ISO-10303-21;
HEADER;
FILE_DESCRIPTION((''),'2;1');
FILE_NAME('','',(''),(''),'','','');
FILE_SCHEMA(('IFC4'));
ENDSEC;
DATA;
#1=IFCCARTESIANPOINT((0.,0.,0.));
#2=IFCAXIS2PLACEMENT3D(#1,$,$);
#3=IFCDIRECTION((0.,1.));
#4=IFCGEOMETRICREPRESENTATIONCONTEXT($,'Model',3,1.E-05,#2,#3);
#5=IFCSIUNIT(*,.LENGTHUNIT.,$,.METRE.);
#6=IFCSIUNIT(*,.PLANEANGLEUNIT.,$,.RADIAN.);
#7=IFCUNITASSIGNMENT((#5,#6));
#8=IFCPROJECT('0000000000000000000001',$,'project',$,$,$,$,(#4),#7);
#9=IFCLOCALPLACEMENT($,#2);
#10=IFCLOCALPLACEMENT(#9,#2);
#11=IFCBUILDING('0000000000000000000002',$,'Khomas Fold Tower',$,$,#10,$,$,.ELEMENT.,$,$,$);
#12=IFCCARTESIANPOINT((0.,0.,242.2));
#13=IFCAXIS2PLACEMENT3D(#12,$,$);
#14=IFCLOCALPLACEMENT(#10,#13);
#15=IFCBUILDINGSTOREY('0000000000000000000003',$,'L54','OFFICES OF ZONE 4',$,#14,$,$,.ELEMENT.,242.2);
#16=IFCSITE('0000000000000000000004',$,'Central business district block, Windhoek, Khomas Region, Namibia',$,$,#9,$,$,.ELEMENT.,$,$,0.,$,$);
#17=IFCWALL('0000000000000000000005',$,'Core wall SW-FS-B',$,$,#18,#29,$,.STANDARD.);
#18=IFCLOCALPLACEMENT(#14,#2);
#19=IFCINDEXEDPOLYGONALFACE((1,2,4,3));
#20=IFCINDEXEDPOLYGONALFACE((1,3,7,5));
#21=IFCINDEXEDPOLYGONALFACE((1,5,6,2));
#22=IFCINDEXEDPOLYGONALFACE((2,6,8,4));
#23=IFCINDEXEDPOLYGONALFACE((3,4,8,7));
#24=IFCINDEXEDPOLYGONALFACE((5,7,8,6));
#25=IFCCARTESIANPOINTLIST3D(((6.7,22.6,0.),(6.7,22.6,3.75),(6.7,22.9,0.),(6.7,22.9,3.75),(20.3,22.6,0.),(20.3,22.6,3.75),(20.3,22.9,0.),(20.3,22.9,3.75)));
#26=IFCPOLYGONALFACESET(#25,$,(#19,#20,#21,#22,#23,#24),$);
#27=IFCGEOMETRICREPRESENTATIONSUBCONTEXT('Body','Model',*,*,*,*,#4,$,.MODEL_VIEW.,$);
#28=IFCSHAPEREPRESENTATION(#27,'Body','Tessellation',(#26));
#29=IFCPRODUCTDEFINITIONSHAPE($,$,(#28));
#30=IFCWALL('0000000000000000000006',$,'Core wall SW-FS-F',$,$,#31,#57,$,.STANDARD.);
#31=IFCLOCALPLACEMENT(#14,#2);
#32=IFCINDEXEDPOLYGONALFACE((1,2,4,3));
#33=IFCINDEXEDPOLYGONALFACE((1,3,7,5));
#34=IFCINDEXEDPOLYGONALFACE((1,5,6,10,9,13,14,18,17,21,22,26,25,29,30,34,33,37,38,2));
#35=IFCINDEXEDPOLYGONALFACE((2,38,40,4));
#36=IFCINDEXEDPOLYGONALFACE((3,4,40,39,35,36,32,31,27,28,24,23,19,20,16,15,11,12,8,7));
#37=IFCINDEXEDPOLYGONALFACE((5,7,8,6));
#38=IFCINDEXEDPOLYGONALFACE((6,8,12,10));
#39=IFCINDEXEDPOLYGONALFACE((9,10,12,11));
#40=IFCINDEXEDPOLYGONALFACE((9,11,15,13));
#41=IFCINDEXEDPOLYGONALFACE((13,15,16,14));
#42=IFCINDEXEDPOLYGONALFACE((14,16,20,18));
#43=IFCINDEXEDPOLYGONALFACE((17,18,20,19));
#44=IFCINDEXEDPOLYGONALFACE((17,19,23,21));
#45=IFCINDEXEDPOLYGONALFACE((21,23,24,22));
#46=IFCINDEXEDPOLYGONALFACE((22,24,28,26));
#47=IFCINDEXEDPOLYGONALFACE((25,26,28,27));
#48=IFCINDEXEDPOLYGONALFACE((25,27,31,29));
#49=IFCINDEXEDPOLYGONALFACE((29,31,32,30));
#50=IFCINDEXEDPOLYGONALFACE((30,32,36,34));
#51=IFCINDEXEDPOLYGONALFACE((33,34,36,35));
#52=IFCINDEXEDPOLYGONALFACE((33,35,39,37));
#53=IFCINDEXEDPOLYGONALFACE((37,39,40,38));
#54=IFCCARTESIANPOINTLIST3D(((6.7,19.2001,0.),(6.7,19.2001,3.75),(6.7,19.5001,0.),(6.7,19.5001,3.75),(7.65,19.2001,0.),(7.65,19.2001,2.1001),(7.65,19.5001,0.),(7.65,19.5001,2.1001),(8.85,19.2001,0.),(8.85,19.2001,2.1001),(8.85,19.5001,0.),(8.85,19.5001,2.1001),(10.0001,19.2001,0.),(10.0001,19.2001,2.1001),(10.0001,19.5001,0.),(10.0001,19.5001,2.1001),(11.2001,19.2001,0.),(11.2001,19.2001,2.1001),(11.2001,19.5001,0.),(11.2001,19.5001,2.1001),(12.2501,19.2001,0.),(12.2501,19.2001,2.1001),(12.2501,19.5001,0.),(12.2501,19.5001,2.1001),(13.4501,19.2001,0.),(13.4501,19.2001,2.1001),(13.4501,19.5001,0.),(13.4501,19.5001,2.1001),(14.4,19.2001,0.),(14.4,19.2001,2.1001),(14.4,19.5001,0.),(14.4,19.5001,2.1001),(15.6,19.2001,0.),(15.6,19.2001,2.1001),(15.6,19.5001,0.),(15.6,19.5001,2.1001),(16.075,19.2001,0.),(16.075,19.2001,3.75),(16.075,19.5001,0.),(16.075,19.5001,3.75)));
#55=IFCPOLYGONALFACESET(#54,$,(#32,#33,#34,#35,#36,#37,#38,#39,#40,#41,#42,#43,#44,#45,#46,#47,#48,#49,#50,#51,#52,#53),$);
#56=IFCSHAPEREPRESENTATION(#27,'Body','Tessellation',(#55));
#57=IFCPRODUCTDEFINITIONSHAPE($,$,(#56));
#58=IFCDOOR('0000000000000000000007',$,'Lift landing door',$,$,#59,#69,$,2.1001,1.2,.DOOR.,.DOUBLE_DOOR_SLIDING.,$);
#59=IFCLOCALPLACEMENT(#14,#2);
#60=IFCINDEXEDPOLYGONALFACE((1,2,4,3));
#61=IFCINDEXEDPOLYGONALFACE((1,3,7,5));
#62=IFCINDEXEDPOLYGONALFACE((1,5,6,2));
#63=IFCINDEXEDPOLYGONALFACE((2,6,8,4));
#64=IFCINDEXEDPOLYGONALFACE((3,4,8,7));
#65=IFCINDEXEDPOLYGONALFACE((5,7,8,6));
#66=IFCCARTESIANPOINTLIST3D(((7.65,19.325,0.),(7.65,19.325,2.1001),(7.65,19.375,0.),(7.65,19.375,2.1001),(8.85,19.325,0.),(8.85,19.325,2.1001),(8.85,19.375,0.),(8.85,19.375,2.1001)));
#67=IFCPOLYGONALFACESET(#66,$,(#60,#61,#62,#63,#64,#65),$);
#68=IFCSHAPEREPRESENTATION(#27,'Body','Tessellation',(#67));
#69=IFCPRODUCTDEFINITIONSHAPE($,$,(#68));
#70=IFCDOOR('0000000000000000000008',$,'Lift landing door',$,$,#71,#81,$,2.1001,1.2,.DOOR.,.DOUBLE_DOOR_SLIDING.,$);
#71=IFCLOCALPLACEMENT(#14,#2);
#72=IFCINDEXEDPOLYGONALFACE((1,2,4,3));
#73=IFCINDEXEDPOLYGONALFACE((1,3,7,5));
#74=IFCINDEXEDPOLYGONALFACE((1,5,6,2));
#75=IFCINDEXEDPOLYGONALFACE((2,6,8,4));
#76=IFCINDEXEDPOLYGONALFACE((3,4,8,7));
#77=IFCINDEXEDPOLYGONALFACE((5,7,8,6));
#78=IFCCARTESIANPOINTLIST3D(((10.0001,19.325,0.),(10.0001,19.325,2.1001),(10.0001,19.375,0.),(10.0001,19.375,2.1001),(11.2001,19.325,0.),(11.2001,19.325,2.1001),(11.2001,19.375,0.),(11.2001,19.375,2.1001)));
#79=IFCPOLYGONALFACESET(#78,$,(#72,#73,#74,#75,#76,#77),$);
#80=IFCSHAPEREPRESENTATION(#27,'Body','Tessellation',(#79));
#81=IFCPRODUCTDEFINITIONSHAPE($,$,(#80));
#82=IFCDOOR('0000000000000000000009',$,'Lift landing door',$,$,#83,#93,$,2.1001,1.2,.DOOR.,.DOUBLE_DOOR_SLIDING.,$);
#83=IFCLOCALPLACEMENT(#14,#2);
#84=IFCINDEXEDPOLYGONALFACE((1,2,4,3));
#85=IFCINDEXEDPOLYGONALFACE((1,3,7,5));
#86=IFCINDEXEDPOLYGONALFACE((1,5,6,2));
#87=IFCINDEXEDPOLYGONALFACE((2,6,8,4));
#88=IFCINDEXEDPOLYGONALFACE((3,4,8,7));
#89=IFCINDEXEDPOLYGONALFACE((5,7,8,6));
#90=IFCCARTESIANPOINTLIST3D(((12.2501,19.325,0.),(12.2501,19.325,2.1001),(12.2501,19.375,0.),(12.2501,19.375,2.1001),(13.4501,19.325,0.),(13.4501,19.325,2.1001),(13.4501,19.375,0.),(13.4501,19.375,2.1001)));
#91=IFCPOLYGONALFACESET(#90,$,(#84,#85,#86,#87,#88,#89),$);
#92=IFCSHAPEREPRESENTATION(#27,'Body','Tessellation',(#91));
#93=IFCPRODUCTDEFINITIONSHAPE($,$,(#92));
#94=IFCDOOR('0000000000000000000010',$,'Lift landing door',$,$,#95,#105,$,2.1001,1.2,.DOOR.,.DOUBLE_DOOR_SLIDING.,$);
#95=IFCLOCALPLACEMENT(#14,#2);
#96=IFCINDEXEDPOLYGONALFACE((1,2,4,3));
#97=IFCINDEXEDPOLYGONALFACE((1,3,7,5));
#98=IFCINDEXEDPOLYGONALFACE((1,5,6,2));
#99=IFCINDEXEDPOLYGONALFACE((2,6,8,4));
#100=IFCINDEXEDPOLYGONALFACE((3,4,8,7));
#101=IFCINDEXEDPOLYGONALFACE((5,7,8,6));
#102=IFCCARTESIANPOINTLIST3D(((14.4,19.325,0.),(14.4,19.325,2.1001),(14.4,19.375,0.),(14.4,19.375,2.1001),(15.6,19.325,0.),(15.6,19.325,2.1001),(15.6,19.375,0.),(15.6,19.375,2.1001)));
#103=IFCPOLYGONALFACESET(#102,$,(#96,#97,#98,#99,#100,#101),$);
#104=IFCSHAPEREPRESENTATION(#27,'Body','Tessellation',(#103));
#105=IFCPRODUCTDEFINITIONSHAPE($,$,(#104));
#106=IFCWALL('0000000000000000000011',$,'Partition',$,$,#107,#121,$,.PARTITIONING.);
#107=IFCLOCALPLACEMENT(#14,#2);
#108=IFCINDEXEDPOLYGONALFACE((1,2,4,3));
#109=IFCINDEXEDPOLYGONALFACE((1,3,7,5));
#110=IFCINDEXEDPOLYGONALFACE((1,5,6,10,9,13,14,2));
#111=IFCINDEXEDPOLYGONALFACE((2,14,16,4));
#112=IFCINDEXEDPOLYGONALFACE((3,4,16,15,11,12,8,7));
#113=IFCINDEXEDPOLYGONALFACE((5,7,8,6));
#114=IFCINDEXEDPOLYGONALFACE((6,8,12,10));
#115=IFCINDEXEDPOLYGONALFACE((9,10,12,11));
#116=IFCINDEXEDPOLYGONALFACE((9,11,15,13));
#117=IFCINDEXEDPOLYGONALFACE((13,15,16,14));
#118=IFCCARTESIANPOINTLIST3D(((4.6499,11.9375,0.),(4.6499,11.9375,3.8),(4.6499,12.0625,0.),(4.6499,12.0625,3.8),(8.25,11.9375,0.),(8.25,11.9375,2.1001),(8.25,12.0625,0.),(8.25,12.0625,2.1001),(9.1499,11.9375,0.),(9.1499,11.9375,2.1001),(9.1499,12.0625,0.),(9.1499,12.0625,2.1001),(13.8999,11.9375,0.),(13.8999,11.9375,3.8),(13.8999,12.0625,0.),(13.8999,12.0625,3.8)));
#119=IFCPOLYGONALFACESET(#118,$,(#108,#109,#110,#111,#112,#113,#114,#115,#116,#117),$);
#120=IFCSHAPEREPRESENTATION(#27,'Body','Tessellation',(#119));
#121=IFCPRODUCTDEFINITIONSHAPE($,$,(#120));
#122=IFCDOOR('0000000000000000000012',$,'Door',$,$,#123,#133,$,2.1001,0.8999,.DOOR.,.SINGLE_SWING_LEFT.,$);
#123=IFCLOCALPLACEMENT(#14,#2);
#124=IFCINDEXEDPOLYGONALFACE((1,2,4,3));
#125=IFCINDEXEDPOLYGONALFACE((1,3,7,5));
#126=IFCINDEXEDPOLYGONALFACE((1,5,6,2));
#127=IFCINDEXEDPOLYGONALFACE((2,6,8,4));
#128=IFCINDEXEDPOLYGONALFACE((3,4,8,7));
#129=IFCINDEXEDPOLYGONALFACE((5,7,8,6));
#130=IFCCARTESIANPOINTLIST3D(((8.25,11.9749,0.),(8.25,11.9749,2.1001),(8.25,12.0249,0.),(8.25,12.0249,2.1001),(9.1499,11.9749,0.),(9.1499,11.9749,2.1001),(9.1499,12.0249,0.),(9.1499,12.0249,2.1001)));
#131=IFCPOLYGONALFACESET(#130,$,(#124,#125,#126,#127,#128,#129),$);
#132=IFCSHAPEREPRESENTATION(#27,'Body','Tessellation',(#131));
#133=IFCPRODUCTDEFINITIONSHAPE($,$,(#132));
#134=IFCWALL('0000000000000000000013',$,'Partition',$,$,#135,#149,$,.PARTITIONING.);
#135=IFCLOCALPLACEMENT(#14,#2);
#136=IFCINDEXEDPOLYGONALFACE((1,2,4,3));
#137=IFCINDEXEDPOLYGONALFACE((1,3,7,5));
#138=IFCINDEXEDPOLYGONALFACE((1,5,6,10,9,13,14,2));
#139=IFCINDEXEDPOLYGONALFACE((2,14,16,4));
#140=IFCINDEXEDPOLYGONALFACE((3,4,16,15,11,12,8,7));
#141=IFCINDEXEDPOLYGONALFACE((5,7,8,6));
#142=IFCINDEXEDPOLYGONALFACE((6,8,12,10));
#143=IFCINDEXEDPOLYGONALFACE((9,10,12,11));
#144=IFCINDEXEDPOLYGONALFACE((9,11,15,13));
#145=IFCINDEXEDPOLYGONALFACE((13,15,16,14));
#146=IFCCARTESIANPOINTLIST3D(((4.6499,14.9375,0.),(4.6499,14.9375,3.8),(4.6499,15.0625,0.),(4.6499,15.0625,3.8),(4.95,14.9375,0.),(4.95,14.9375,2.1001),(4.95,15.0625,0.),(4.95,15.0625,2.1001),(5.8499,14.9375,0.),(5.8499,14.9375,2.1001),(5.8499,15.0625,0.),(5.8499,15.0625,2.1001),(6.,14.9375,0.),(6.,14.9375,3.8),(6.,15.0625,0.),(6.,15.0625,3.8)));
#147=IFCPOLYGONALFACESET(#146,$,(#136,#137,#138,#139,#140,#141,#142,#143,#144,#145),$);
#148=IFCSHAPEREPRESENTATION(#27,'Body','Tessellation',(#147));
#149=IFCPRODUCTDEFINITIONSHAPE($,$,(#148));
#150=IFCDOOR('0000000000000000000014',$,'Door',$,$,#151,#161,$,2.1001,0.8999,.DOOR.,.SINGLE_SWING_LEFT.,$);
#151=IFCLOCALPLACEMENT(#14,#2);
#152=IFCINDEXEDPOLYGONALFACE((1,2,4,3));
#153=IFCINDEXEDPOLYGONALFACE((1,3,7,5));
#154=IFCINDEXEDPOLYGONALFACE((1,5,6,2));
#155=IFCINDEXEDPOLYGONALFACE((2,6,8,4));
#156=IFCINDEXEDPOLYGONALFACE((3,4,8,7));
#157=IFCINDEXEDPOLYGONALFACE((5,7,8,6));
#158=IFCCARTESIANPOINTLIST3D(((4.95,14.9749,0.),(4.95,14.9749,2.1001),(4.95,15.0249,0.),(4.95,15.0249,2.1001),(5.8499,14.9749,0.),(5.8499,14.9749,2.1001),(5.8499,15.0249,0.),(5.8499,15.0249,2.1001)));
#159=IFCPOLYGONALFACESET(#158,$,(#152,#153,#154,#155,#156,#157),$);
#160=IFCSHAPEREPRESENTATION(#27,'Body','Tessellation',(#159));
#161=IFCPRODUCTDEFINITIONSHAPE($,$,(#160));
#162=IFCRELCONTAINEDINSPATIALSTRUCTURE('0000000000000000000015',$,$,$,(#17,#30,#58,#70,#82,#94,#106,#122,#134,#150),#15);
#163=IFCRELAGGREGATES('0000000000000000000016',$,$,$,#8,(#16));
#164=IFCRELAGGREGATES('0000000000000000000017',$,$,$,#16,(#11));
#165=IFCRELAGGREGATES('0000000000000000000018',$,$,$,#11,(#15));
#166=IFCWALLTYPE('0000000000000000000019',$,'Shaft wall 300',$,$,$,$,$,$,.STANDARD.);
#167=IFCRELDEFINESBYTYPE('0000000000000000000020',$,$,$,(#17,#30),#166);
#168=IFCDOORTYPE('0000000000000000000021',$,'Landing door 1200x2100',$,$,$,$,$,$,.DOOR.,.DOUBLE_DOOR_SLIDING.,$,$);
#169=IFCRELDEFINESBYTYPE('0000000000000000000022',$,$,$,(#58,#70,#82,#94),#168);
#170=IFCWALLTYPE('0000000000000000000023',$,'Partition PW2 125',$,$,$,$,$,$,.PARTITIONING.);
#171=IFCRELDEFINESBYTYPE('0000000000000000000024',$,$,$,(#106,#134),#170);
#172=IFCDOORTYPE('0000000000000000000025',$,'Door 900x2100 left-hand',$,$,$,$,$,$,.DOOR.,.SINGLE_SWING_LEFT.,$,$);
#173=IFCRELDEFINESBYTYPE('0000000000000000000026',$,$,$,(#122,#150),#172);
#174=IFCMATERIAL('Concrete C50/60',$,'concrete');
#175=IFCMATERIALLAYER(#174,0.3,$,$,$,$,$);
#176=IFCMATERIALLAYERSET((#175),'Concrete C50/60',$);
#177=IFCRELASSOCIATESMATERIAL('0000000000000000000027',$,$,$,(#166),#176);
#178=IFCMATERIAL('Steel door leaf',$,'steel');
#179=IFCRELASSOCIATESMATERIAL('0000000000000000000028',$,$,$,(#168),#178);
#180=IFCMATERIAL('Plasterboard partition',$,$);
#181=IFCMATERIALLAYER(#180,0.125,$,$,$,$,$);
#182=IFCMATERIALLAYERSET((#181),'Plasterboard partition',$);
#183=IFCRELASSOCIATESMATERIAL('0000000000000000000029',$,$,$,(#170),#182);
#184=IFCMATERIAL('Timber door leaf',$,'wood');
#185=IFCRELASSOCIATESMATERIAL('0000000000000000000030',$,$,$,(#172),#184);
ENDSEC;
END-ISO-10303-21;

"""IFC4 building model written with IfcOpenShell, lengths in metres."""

from ifc_helpers import new_model, si_unit, direction, frame, frame_2d, origin, place, context, subcontext, project, spatial, rectangle, extrude, source, transform, mapped, material, layer, layer_set, type_object, element, fill, save


model = new_model("IFC4")

# Units and contexts
model_context = context("Model", 3, precision=1e-05, world=origin(), true_north=direction((0.0, 1.0)))
body_context = subcontext(model_context, "Body", "Model", "MODEL_VIEW")
ifc_project = project(units=[si_unit("LENGTHUNIT", "METRE"), si_unit("PLANEANGLEUNIT", "RADIAN")], contexts=[model_context])

# Site, building, storey
site_placement = place(None, origin())
site = spatial("IfcSite", under=ifc_project, at=site_placement, Name="Central business district block, Windhoek, Khomas Region, Namibia", CompositionType="ELEMENT", RefElevation=0.0)
building_placement = place(site_placement, origin())
building = spatial("IfcBuilding", under=site, at=building_placement, Name="Khomas Fold Tower", CompositionType="ELEMENT")
storey_placement = place(building_placement, frame((0.0, 0.0, 242.2)))
storey = spatial("IfcBuildingStorey", under=building, at=storey_placement, Name="L54", Description="OFFICES OF ZONE 4", CompositionType="ELEMENT", Elevation=242.2)

# Wall
ifc_material_1 = material(Name="Concrete C50/60", Category="concrete")
ifc_layer_1 = layer(ifc_material_1, 0.3)
ifc_layer_set_1 = layer_set([ifc_layer_1], Name="Concrete C50/60")
wall_type_1 = type_object("IfcWallType", Name="Shaft wall 300", PredefinedType="STANDARD", material=ifc_layer_set_1)
shared_shape_1 = source(origin(), body_context, "Body", "SweptSolid", [
    extrude(rectangle(XDim=13.6001, YDim=0.3, at=frame_2d((6.8, 0.0))), origin(), (0.0, 0.0, 1.0), 3.75),
])
wall_1_placement = place(storey_placement, frame((6.7, 22.75, 0.0), z_axis=(0.0, 0.0, 1.0), x_axis=(1.0, 0.0, 0.0)))
element("IfcWall", 1, at=wall_1_placement, inside=storey, type_object=wall_type_1, Name="Core wall SW-FS-B", PredefinedType="STANDARD", context=body_context, shape_type="MappedRepresentation", body=[
    mapped(shared_shape_1, transform((0.0, 0.0, 0.0))),
])

# Wall, openings, doors
shared_shape_2 = source(origin(), body_context, "Body", "SweptSolid", [
    extrude(rectangle(XDim=9.375, YDim=0.3, at=frame_2d((4.6875, 0.0))), origin(), (0.0, 0.0, 1.0), 3.75),
])
wall_2_placement = place(storey_placement, frame((6.7, 19.3501, 0.0), z_axis=(0.0, 0.0, 1.0), x_axis=(1.0, 0.0, 0.0)))
wall_2 = element("IfcWall", 2, at=wall_2_placement, inside=storey, type_object=wall_type_1, Name="Core wall SW-FS-F", PredefinedType="STANDARD", context=body_context, shape_type="MappedRepresentation", body=[
    mapped(shared_shape_2, transform((0.0, 0.0, 0.0))),
])
shared_shape_3 = source(origin(), body_context, "Body", "SweptSolid", [
    extrude(rectangle(XDim=1.2, YDim=2.1001, at=frame_2d((0.6001, 1.05))), frame((0.0, 0.1599, 0.0), z_axis=(0.0, -1.0, 0.0), x_axis=(1.0, 0.0, 0.0)), (0.0, 0.0, 1.0), 0.3201),
])
opening_1_placement = place(wall_2_placement, frame((0.95, 0.0, 0.0)))
opening_1 = element("IfcOpeningElement", 3, at=opening_1_placement, cuts=wall_2, PredefinedType="OPENING", context=body_context, shape_type="MappedRepresentation", body=[
    mapped(shared_shape_3, transform((0.0, 0.0, 0.0))),
])
opening_2_placement = place(wall_2_placement, frame((3.3, 0.0, 0.0)))
opening_2 = element("IfcOpeningElement", 4, at=opening_2_placement, cuts=wall_2, PredefinedType="OPENING", context=body_context, shape_type="MappedRepresentation", body=[
    mapped(shared_shape_3, transform((0.0, 0.0, 0.0))),
])
opening_3_placement = place(wall_2_placement, frame((5.55, 0.0, 0.0)))
opening_3 = element("IfcOpeningElement", 5, at=opening_3_placement, cuts=wall_2, PredefinedType="OPENING", context=body_context, shape_type="MappedRepresentation", body=[
    mapped(shared_shape_3, transform((0.0, 0.0, 0.0))),
])
opening_4_placement = place(wall_2_placement, frame((7.7, 0.0, 0.0)))
opening_4 = element("IfcOpeningElement", 6, at=opening_4_placement, cuts=wall_2, PredefinedType="OPENING", context=body_context, shape_type="MappedRepresentation", body=[
    mapped(shared_shape_3, transform((0.0, 0.0, 0.0))),
])
ifc_material_2 = material(Name="Steel door leaf", Category="steel")
door_type_1 = type_object("IfcDoorType", Name="Landing door 1200x2100", OperationType="DOUBLE_DOOR_SLIDING", PredefinedType="DOOR", material=ifc_material_2)
shared_shape_4 = source(origin(), body_context, "Body", "SweptSolid", [
    extrude(rectangle(XDim=1.2, YDim=2.1001, at=frame_2d((0.6001, 1.05))), frame((0.0, 0.0249, 0.0), z_axis=(0.0, -1.0, 0.0), x_axis=(1.0, 0.0, 0.0)), (0.0, 0.0, 1.0), 0.05),
])
door_1_placement = place(opening_1_placement, origin())
door_1 = element("IfcDoor", 7, at=door_1_placement, inside=storey, type_object=door_type_1, Name="Lift landing door", OperationType="DOUBLE_DOOR_SLIDING", OverallHeight=2.1001, OverallWidth=1.2, PredefinedType="DOOR", context=body_context, shape_type="MappedRepresentation", body=[
    mapped(shared_shape_4, transform((0.0, 0.0, 0.0))),
])
fill(opening_1, door_1)
door_2_placement = place(opening_2_placement, origin())
door_2 = element("IfcDoor", 8, at=door_2_placement, inside=storey, type_object=door_type_1, Name="Lift landing door", OperationType="DOUBLE_DOOR_SLIDING", OverallHeight=2.1001, OverallWidth=1.2, PredefinedType="DOOR", context=body_context, shape_type="MappedRepresentation", body=[
    mapped(shared_shape_4, transform((0.0, 0.0, 0.0))),
])
fill(opening_2, door_2)
door_3_placement = place(opening_3_placement, origin())
door_3 = element("IfcDoor", 9, at=door_3_placement, inside=storey, type_object=door_type_1, Name="Lift landing door", OperationType="DOUBLE_DOOR_SLIDING", OverallHeight=2.1001, OverallWidth=1.2, PredefinedType="DOOR", context=body_context, shape_type="MappedRepresentation", body=[
    mapped(shared_shape_4, transform((0.0, 0.0, 0.0))),
])
fill(opening_3, door_3)
door_4_placement = place(opening_4_placement, origin())
door_4 = element("IfcDoor", 10, at=door_4_placement, inside=storey, type_object=door_type_1, Name="Lift landing door", OperationType="DOUBLE_DOOR_SLIDING", OverallHeight=2.1001, OverallWidth=1.2, PredefinedType="DOOR", context=body_context, shape_type="MappedRepresentation", body=[
    mapped(shared_shape_4, transform((0.0, 0.0, 0.0))),
])
fill(opening_4, door_4)

# Walls, openings, doors
ifc_material_3 = material(Name="Plasterboard partition")
ifc_layer_2 = layer(ifc_material_3, 0.125)
ifc_layer_set_2 = layer_set([ifc_layer_2], Name="Plasterboard partition")
wall_type_2 = type_object("IfcWallType", Name="Partition PW2 125", PredefinedType="PARTITIONING", material=ifc_layer_set_2)
shared_shape_5 = source(origin(), body_context, "Body", "SweptSolid", [
    extrude(rectangle(XDim=9.25, YDim=0.125, at=frame_2d((4.625, 0.0))), origin(), (0.0, 0.0, 1.0), 3.8),
])
wall_3_placement = place(storey_placement, frame((4.6499, 12.0, 0.0), z_axis=(0.0, 0.0, 1.0), x_axis=(1.0, 0.0, 0.0)))
wall_3 = element("IfcWall", 11, at=wall_3_placement, inside=storey, type_object=wall_type_2, Name="Partition", PredefinedType="PARTITIONING", context=body_context, shape_type="MappedRepresentation", body=[
    mapped(shared_shape_5, transform((0.0, 0.0, 0.0))),
])
shared_shape_6 = source(origin(), body_context, "Body", "SweptSolid", [
    extrude(rectangle(XDim=0.8999, YDim=2.1001, at=frame_2d((0.45, 1.05))), frame((0.0, 0.0725, 0.0), z_axis=(0.0, -1.0, 0.0), x_axis=(1.0, 0.0, 0.0)), (0.0, 0.0, 1.0), 0.145),
])
opening_5_placement = place(wall_3_placement, frame((3.6001, 0.0, 0.0)))
opening_5 = element("IfcOpeningElement", 12, at=opening_5_placement, cuts=wall_3, PredefinedType="OPENING", context=body_context, shape_type="MappedRepresentation", body=[
    mapped(shared_shape_6, transform((0.0, 0.0, 0.0))),
])
ifc_material_4 = material(Name="Timber door leaf", Category="wood")
door_type_2 = type_object("IfcDoorType", Name="Door 900x2100 left-hand", OperationType="SINGLE_SWING_LEFT", PredefinedType="DOOR", material=ifc_material_4)
shared_shape_7 = source(origin(), body_context, "Body", "SweptSolid", [
    extrude(rectangle(XDim=0.8999, YDim=2.1001, at=frame_2d((0.45, 1.05))), frame((0.0, 0.0249, 0.0), z_axis=(0.0, -1.0, 0.0), x_axis=(1.0, 0.0, 0.0)), (0.0, 0.0, 1.0), 0.05),
])
door_5_placement = place(opening_5_placement, origin())
door_5 = element("IfcDoor", 13, at=door_5_placement, inside=storey, type_object=door_type_2, Name="Door", OperationType="SINGLE_SWING_LEFT", OverallHeight=2.1001, OverallWidth=0.8999, PredefinedType="DOOR", context=body_context, shape_type="MappedRepresentation", body=[
    mapped(shared_shape_7, transform((0.0, 0.0, 0.0))),
])
fill(opening_5, door_5)
shared_shape_8 = source(origin(), body_context, "Body", "SweptSolid", [
    extrude(rectangle(XDim=1.3501, YDim=0.125, at=frame_2d((0.675, 0.0))), origin(), (0.0, 0.0, 1.0), 3.8),
])
wall_4_placement = place(storey_placement, frame((4.6499, 15.0, 0.0), z_axis=(0.0, 0.0, 1.0), x_axis=(1.0, 0.0, 0.0)))
wall_4 = element("IfcWall", 14, at=wall_4_placement, inside=storey, type_object=wall_type_2, Name="Partition", PredefinedType="PARTITIONING", context=body_context, shape_type="MappedRepresentation", body=[
    mapped(shared_shape_8, transform((0.0, 0.0, 0.0))),
])
opening_6_placement = place(wall_4_placement, frame((0.3, 0.0, 0.0)))
opening_6 = element("IfcOpeningElement", 15, at=opening_6_placement, cuts=wall_4, PredefinedType="OPENING", context=body_context, shape_type="MappedRepresentation", body=[
    mapped(shared_shape_6, transform((0.0, 0.0, 0.0))),
])
door_6_placement = place(opening_6_placement, origin())
door_6 = element("IfcDoor", 16, at=door_6_placement, inside=storey, type_object=door_type_2, Name="Door", OperationType="SINGLE_SWING_LEFT", OverallHeight=2.1001, OverallWidth=0.8999, PredefinedType="DOOR", context=body_context, shape_type="MappedRepresentation", body=[
    mapped(shared_shape_7, transform((0.0, 0.0, 0.0))),
])
fill(opening_6, door_6)

save(model, "model.ifc")
